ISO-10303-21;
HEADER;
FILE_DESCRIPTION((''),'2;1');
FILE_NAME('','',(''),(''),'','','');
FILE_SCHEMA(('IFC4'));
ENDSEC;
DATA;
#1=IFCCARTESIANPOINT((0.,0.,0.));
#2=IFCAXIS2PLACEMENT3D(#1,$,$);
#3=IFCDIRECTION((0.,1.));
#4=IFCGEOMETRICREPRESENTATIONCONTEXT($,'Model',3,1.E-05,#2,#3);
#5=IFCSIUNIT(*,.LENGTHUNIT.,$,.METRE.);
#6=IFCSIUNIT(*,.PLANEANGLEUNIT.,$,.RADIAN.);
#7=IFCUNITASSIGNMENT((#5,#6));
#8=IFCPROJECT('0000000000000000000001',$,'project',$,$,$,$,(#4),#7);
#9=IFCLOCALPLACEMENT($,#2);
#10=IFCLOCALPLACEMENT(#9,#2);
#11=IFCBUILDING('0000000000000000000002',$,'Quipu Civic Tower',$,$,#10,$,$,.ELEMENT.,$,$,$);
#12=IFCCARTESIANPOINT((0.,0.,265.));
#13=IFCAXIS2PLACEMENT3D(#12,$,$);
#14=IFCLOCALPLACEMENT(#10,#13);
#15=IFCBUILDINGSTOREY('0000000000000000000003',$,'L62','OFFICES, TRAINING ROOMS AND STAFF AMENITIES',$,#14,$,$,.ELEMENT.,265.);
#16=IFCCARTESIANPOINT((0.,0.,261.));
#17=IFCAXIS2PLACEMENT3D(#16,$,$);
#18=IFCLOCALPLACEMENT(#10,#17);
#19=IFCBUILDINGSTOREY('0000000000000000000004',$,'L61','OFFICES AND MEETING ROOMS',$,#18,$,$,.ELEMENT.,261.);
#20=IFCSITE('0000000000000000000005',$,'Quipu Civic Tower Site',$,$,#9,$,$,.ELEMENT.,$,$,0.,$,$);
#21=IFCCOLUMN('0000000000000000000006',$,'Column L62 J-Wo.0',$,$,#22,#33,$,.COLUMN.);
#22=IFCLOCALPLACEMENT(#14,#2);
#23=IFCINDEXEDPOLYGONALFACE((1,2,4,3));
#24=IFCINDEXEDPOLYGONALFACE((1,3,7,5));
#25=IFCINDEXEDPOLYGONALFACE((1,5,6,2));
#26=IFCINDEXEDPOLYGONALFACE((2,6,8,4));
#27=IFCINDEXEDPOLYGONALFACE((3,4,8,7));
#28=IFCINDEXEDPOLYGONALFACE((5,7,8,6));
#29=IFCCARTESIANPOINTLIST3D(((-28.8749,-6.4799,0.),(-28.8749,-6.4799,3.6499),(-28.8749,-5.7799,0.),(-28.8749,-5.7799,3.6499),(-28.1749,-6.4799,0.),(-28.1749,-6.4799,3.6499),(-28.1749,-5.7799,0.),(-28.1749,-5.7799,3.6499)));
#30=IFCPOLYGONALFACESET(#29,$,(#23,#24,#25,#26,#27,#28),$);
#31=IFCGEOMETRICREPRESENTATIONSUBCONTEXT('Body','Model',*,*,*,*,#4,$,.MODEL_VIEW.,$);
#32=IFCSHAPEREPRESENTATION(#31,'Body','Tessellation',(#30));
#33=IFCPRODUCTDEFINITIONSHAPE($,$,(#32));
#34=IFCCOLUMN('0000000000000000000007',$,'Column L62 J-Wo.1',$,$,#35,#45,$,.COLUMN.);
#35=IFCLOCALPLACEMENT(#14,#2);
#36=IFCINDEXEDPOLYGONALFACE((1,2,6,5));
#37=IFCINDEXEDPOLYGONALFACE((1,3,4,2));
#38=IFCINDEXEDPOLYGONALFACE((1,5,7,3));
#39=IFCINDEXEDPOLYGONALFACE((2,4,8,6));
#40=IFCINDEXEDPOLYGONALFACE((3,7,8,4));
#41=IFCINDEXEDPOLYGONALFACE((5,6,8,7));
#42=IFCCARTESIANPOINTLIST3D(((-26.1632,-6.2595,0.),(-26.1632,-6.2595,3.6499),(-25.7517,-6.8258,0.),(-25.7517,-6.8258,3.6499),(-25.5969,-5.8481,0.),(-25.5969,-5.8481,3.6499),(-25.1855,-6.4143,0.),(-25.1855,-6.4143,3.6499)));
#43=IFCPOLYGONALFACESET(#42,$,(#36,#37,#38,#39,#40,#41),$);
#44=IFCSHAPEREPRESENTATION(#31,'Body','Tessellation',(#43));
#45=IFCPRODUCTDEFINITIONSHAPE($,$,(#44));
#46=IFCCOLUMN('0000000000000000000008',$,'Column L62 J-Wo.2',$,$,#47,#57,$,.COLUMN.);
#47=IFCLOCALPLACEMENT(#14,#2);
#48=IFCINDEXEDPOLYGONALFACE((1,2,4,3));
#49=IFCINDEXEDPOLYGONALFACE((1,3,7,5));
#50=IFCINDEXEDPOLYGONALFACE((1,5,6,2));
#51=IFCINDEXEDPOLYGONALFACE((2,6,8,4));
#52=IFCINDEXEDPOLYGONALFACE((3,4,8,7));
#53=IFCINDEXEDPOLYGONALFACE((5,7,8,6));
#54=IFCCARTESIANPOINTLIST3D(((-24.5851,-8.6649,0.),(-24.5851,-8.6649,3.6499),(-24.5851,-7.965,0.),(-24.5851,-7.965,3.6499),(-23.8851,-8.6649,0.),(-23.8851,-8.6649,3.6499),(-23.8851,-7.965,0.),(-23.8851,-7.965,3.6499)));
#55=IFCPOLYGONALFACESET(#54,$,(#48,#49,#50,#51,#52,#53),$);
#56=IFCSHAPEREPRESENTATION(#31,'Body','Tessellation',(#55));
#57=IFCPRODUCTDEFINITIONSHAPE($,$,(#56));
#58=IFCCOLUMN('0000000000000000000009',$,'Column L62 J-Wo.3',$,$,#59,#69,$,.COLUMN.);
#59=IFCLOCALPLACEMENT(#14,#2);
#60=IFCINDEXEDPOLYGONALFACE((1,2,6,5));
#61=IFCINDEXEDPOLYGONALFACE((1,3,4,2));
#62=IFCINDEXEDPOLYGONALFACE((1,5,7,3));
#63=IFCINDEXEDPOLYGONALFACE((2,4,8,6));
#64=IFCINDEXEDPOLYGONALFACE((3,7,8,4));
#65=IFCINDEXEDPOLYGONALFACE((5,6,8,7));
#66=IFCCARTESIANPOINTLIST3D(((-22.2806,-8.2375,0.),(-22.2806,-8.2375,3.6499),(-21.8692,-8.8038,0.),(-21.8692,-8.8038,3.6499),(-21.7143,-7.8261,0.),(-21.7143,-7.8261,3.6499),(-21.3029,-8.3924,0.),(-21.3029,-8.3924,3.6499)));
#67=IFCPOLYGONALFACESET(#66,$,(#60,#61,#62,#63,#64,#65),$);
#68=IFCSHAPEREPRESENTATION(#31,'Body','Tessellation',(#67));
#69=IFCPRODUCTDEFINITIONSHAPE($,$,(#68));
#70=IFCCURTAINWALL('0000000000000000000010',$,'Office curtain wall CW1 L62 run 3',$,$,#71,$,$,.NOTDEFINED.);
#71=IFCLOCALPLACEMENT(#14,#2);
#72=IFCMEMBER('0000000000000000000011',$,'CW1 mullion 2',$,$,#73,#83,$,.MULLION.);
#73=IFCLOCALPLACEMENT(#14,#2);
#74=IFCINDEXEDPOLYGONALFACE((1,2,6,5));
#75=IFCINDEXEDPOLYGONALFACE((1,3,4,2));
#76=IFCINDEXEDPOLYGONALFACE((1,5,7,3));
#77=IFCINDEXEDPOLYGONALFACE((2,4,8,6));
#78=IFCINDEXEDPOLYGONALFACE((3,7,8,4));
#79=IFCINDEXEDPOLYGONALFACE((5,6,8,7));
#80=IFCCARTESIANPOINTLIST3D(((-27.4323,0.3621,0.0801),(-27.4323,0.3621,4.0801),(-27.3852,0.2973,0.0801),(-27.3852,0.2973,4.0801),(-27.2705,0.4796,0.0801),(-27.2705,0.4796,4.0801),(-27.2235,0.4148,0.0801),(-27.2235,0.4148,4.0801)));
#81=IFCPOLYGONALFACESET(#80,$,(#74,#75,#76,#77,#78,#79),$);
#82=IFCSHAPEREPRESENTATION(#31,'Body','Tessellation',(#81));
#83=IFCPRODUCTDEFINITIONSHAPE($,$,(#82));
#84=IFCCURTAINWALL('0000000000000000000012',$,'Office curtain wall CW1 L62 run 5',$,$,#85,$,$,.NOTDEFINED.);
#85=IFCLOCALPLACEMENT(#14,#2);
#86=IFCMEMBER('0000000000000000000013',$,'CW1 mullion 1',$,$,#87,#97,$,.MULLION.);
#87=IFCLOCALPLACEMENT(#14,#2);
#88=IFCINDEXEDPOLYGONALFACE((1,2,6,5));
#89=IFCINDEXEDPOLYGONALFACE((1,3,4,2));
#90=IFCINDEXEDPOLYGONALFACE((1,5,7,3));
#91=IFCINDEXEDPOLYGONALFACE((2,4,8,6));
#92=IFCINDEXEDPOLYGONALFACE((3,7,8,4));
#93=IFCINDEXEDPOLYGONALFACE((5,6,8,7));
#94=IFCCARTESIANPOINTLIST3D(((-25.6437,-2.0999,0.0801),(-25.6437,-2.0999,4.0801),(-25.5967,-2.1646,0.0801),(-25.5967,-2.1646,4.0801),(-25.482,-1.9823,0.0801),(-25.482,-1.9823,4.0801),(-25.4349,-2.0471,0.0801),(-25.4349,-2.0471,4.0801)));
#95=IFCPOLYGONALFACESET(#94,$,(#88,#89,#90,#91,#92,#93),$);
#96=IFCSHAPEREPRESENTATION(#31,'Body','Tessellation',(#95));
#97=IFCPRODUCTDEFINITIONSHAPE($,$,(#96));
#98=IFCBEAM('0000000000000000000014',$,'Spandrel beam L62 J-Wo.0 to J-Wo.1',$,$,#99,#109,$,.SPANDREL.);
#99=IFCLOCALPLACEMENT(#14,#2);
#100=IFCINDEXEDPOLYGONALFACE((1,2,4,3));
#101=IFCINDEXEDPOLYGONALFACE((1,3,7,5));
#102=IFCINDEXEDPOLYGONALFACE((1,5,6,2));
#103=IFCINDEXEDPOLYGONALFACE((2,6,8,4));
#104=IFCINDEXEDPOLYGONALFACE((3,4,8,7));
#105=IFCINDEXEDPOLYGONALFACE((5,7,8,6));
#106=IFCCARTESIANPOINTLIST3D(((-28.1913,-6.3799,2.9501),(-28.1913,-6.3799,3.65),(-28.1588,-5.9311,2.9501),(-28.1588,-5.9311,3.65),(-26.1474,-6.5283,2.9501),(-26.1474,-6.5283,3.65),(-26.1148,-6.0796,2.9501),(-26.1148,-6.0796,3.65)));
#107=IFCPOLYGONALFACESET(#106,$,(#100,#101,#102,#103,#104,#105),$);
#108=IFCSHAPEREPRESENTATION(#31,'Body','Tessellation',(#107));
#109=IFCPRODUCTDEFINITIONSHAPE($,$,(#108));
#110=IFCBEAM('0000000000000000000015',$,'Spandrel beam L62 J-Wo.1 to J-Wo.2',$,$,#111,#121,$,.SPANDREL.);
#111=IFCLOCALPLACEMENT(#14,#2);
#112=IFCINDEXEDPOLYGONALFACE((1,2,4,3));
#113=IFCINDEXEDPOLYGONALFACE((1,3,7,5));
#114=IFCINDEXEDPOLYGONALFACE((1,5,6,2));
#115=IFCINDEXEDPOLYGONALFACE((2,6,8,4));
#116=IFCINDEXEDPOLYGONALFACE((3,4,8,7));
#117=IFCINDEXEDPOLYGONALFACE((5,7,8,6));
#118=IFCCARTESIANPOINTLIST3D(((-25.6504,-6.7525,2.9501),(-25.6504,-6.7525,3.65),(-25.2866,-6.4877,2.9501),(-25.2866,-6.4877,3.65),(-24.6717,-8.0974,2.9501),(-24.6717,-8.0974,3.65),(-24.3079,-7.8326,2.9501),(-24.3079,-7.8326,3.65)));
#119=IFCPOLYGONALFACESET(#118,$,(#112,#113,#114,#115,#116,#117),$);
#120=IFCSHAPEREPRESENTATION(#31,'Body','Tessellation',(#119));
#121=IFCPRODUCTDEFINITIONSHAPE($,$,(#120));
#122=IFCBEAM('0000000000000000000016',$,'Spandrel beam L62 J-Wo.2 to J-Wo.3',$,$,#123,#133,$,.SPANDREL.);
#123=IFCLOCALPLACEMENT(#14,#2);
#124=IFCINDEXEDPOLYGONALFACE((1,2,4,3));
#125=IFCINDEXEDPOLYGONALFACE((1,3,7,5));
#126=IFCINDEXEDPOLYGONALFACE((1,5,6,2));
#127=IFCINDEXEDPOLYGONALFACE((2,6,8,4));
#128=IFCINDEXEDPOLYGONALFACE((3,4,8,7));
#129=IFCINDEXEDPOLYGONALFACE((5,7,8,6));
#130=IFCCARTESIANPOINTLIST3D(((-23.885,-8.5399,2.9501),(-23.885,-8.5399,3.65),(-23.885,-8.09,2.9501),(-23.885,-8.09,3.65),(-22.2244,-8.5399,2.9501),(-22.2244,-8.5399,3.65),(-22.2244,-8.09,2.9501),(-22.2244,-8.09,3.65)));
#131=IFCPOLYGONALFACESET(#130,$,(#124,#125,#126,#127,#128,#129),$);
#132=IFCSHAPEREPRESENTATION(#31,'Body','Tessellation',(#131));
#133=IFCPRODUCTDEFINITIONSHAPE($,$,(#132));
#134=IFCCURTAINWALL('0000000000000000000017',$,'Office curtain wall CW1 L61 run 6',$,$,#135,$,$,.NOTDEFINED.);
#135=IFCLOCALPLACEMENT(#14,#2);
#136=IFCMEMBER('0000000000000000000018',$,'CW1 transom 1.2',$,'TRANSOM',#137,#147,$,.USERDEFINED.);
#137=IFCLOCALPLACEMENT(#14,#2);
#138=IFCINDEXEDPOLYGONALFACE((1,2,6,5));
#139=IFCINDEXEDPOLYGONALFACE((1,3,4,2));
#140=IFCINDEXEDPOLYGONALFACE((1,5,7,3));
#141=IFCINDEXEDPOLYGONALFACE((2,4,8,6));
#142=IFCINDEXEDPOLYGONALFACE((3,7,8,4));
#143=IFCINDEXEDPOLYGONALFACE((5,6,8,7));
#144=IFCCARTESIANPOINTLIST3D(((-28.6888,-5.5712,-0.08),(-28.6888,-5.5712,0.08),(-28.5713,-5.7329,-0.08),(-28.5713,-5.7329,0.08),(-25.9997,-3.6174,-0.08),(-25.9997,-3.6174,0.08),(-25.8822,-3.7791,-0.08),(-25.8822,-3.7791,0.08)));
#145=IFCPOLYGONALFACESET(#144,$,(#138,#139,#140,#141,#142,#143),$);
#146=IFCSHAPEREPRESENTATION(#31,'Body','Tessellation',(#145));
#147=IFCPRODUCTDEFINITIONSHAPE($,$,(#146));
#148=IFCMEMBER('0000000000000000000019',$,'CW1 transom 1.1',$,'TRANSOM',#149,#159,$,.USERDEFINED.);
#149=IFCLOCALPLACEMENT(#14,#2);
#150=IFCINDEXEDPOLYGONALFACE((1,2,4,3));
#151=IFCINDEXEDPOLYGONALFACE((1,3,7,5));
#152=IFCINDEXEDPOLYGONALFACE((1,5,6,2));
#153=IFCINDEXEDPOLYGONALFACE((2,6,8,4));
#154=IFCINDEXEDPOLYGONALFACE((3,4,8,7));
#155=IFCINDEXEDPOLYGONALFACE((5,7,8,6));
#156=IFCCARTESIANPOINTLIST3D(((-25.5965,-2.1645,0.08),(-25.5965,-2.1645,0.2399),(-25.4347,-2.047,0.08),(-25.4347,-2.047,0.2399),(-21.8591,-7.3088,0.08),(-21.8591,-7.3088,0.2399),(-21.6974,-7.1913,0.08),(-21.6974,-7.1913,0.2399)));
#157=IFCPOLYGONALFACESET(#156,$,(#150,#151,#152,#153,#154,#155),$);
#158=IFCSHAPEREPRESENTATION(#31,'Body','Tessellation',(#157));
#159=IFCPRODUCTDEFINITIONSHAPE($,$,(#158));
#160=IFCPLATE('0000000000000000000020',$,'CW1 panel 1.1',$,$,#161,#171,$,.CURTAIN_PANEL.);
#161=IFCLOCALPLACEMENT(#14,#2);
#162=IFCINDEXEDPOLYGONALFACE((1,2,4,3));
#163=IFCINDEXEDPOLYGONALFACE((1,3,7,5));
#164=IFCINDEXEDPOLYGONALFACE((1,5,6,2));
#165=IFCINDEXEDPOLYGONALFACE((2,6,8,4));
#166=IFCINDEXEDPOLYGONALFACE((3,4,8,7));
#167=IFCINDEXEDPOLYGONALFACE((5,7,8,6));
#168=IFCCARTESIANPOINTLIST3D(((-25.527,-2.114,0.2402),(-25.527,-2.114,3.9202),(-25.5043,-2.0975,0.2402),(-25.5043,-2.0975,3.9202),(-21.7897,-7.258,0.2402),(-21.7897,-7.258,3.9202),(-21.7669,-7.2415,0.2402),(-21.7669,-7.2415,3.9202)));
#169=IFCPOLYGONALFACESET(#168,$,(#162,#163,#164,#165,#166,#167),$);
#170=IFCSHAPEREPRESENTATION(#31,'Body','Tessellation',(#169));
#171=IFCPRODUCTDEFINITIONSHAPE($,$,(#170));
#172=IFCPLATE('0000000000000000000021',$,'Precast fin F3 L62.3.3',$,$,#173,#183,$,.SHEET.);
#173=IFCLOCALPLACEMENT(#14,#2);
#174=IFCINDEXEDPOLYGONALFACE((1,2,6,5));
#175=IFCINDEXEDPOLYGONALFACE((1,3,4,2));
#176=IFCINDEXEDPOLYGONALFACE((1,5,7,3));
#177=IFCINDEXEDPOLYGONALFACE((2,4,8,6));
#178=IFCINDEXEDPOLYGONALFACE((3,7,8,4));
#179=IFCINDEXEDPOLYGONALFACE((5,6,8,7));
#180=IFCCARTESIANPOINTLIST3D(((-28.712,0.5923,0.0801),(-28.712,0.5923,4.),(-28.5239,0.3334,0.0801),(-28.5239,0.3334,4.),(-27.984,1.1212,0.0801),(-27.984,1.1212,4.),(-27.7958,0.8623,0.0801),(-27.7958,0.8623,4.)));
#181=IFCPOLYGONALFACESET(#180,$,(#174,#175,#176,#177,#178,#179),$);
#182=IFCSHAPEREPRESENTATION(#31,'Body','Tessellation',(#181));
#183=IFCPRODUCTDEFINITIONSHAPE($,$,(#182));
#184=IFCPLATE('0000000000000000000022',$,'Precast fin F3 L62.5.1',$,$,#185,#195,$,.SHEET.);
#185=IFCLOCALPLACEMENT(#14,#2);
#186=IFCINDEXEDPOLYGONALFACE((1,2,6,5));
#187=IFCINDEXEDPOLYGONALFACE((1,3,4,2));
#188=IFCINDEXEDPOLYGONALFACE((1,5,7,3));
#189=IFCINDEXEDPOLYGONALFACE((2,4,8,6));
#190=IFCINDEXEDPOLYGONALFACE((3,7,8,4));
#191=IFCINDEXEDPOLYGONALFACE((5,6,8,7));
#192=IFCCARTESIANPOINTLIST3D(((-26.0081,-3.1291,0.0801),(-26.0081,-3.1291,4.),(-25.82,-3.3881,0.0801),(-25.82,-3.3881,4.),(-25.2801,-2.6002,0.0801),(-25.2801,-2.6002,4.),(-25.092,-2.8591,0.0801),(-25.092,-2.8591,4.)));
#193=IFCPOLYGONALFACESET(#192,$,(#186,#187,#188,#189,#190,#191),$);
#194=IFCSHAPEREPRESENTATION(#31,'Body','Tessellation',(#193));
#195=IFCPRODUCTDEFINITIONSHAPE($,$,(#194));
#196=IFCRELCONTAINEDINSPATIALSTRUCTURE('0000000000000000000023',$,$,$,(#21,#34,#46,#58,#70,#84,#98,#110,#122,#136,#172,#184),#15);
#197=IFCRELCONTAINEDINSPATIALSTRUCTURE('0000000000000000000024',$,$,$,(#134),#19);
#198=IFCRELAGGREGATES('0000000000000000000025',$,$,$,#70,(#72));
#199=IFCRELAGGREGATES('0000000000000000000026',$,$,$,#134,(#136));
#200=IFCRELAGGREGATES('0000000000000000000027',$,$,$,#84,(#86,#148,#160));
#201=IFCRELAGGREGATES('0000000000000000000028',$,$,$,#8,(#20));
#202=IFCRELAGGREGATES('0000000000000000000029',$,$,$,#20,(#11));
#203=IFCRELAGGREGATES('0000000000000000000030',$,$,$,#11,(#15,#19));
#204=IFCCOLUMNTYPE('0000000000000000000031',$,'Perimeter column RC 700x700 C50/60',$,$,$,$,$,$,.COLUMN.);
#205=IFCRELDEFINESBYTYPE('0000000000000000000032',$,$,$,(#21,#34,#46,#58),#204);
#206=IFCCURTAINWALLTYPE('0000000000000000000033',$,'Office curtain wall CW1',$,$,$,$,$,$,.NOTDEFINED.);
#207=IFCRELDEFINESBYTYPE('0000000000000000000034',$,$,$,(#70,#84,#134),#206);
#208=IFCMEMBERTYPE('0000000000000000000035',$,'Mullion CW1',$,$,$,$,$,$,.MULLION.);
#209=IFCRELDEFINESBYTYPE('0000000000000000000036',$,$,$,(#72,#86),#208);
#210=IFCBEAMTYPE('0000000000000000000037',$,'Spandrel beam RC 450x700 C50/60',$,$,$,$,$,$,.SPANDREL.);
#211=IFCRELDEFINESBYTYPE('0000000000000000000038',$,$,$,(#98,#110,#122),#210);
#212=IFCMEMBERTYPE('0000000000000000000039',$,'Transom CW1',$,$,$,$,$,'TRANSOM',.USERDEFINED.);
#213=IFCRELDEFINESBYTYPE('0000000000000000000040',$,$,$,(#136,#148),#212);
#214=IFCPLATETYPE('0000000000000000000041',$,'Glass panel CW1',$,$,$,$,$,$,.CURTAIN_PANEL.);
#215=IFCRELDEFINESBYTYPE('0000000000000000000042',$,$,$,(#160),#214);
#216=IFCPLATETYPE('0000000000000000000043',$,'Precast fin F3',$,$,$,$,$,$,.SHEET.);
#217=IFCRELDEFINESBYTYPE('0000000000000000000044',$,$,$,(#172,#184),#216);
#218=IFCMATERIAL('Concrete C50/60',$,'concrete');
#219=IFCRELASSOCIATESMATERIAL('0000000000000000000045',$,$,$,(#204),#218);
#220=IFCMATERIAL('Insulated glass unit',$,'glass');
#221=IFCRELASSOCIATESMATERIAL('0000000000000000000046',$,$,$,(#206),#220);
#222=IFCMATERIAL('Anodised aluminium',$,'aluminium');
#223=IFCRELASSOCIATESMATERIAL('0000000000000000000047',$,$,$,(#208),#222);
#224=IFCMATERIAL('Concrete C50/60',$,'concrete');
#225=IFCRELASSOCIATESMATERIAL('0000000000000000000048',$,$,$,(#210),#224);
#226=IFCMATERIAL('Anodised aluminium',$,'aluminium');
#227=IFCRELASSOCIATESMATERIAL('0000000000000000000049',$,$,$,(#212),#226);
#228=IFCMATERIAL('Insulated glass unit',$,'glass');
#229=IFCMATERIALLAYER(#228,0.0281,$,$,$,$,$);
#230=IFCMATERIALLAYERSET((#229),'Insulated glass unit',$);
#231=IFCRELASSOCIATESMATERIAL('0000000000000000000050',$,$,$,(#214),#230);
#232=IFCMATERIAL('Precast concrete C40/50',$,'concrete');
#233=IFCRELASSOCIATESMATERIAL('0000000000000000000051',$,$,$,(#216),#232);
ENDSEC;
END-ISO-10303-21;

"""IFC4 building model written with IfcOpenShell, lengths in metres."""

from ifc_helpers import new_model, si_unit, direction, frame, origin, origin_2d, place, context, subcontext, project, spatial, rectangle, extrude, material, layer, layer_set, material_profile, profile_set, type_object, element, aggregate, save


model = new_model("IFC4")

# Units and contexts
model_context = context("Model", 3, precision=1e-05, world=origin(), true_north=direction((0.0, 1.0)))
body_context = subcontext(model_context, "Body", "Model", "MODEL_VIEW")
ifc_project = project(units=[si_unit("LENGTHUNIT", "METRE"), si_unit("PLANEANGLEUNIT", "RADIAN")], contexts=[model_context])

# Site, building, storey
site_placement = place(None, origin())
site = spatial("IfcSite", under=ifc_project, at=site_placement, Name="Quipu Civic Tower Site", CompositionType="ELEMENT", RefElevation=0.0)
building_placement = place(site_placement, origin())
building = spatial("IfcBuilding", under=site, at=building_placement, Name="Quipu Civic Tower", CompositionType="ELEMENT")
storey_1_placement = place(building_placement, frame((0.0, 0.0, 265.0)))
storey_1 = spatial("IfcBuildingStorey", under=building, at=storey_1_placement, Name="L62", Description="OFFICES, TRAINING ROOMS AND STAFF AMENITIES", CompositionType="ELEMENT", Elevation=265.0)

# Columns
ifc_material_1 = material(Name="Concrete C50/60", Category="concrete")
ifc_material_profile_1 = material_profile(ifc_material_1, rectangle(XDim=0.7, YDim=0.7, at=origin_2d()), Name="RC700x700")
ifc_profile_set_1 = profile_set([ifc_material_profile_1], Name="Concrete C50/60")
column_type = type_object("IfcColumnType", Name="Perimeter column RC 700x700 C50/60", PredefinedType="COLUMN", material=ifc_profile_set_1)
for number, where, z_axis, x_axis, name in (
    (1, (-28.5249, -6.1299, 0.0), (0.0, 0.0, 1.0), (1.0, 0.0, 0.0), "Column L62 J-Wo.0"),
    (2, (-25.6743, -6.3369, 0.0), (0.0, 0.0, 1.0), (0.587785, -0.809017, 0.0), "Column L62 J-Wo.1"),
    (3, (-24.2351, -8.3149, 0.0), (0.0, 0.0, 1.0), (1.0, 0.0, 0.0), "Column L62 J-Wo.2"),
    (4, (-21.7917, -8.3149, 0.0), (0.0, 0.0, 1.0), (0.587785, -0.809017, 0.0), "Column L62 J-Wo.3"),
):
    element("IfcColumn", number, at=place(storey_1_placement, frame(where, z_axis=z_axis, x_axis=x_axis)), inside=storey_1, type_object=column_type, Name=name, PredefinedType="COLUMN", context=body_context, shape_type="SweptSolid", body=[
        extrude(rectangle(XDim=0.7, YDim=0.7, at=origin_2d()), origin(), (0.0, 0.0, 1.0), 3.6499),
    ])

# Curtain walls, members
ifc_material_2 = material(Name="Insulated glass unit", Category="glass")
curtain_wall_type = type_object("IfcCurtainWallType", Name="Office curtain wall CW1", PredefinedType="NOTDEFINED", material=ifc_material_2)
curtain_wall_1_placement = place(storey_1_placement, origin())
curtain_wall_1 = element("IfcCurtainWall", 5, at=curtain_wall_1_placement, inside=storey_1, type_object=curtain_wall_type, Name="Office curtain wall CW1 L62 run 3", PredefinedType="NOTDEFINED")
ifc_material_3 = material(Name="Anodised aluminium", Category="aluminium")
ifc_material_profile_2 = material_profile(ifc_material_3, rectangle(XDim=0.2, YDim=0.0801, at=origin_2d()), Name="RECT 200x80")
ifc_profile_set_2 = profile_set([ifc_material_profile_2], Name="Anodised aluminium")
member_type_1 = type_object("IfcMemberType", Name="Mullion CW1", PredefinedType="MULLION", material=ifc_profile_set_2)
member_1_placement = place(storey_1_placement, frame((-27.3279, 0.3884, 0.0801), z_axis=(0.0, 0.0, 1.0), x_axis=(0.809022, 0.587778, 0.0)))
member_1 = element("IfcMember", 6, at=member_1_placement, type_object=member_type_1, Name="CW1 mullion 2", PredefinedType="MULLION", context=body_context, shape_type="SweptSolid", body=[
    extrude(rectangle(XDim=0.2, YDim=0.0801, at=origin_2d()), origin(), (0.0, 0.0, 1.0), 4.0),
])
aggregate(curtain_wall_1, [member_1])
curtain_wall_2_placement = place(storey_1_placement, origin())
curtain_wall_2 = element("IfcCurtainWall", 7, at=curtain_wall_2_placement, inside=storey_1, type_object=curtain_wall_type, Name="Office curtain wall CW1 L62 run 5", PredefinedType="NOTDEFINED")
member_2_placement = place(storey_1_placement, frame((-25.5393, -2.0735, 0.0801), z_axis=(0.0, 0.0, 1.0), x_axis=(0.809019, 0.587783, 0.0)))
member_2 = element("IfcMember", 8, at=member_2_placement, type_object=member_type_1, Name="CW1 mullion 1", PredefinedType="MULLION", context=body_context, shape_type="SweptSolid", body=[
    extrude(rectangle(XDim=0.2, YDim=0.0801, at=origin_2d()), origin(), (0.0, 0.0, 1.0), 4.0),
])

# Beams
ifc_material_4 = material(Name="Concrete C50/60", Category="concrete")
ifc_material_profile_3 = material_profile(ifc_material_4, rectangle(XDim=0.45, YDim=0.7, at=origin_2d()), Name="RC450x700")
ifc_profile_set_3 = profile_set([ifc_material_profile_3], Name="Concrete C50/60")
beam_type = type_object("IfcBeamType", Name="Spandrel beam RC 450x700 C50/60", PredefinedType="SPANDREL", material=ifc_profile_set_3)
beam_1_placement = place(storey_1_placement, frame((-28.175, -6.1555, 3.3), z_axis=(0.997373, -0.072432, 0.0), x_axis=(0.072432, 0.997373, 0.0)))
element("IfcBeam", 9, at=beam_1_placement, inside=storey_1, type_object=beam_type, Name="Spandrel beam L62 J-Wo.0 to J-Wo.1", PredefinedType="SPANDREL", context=body_context, shape_type="SweptSolid", body=[
    extrude(rectangle(XDim=0.45, YDim=0.7, at=origin_2d()), origin(), (0.0, 0.0, 1.0), 2.0493),
])
beam_2_placement = place(storey_1_placement, frame((-25.4685, -6.6201, 3.3), z_axis=(0.588407, -0.808565, 0.0), x_axis=(0.808565, 0.588407, 0.0)))
element("IfcBeam", 10, at=beam_2_placement, inside=storey_1, type_object=beam_type, Name="Spandrel beam L62 J-Wo.1 to J-Wo.2", PredefinedType="SPANDREL", context=body_context, shape_type="SweptSolid", body=[
    extrude(rectangle(XDim=0.45, YDim=0.7, at=origin_2d()), origin(), (0.0, 0.0, 1.0), 1.6633),
])
beam_3_placement = place(storey_1_placement, frame((-23.885, -8.3149, 3.3), z_axis=(1.0, 0.0, 0.0), x_axis=(0.0, 1.0, 0.0)))
element("IfcBeam", 11, at=beam_3_placement, inside=storey_1, type_object=beam_type, Name="Spandrel beam L62 J-Wo.2 to J-Wo.3", PredefinedType="SPANDREL", context=body_context, shape_type="SweptSolid", body=[
    extrude(rectangle(XDim=0.45, YDim=0.7, at=origin_2d()), origin(), (0.0, 0.0, 1.0), 1.6606),
])

# Shared definitions
storey_2_placement = place(building_placement, frame((0.0, 0.0, 261.0)))
storey_2 = spatial("IfcBuildingStorey", under=building, at=storey_2_placement, Name="L61", Description="OFFICES AND MEETING ROOMS", CompositionType="ELEMENT", Elevation=261.0)

# Curtain wall, member
curtain_wall_3_placement = place(storey_2_placement, origin())
curtain_wall_3 = element("IfcCurtainWall", 12, at=curtain_wall_3_placement, inside=storey_2, type_object=curtain_wall_type, Name="Office curtain wall CW1 L61 run 6", PredefinedType="NOTDEFINED")
ifc_material_5 = material(Name="Anodised aluminium", Category="aluminium")
ifc_material_profile_4 = material_profile(ifc_material_5, rectangle(XDim=0.2, YDim=0.1599, at=origin_2d()), Name="RECT 200x160")
ifc_profile_set_4 = profile_set([ifc_material_profile_4], Name="Anodised aluminium")
member_type_2 = type_object("IfcMemberType", Name="Transom CW1", ElementType="TRANSOM", PredefinedType="USERDEFINED", material=ifc_profile_set_4)
member_3_placement = place(storey_1_placement, frame((-25.9409, -3.6982, 0.0), z_axis=(-0.809012, -0.587792, 0.0), x_axis=(0.587792, -0.809012, 0.0)))
member_3 = element("IfcMember", 13, at=member_3_placement, inside=storey_1, type_object=member_type_2, Name="CW1 transom 1.2", ObjectType="TRANSOM", PredefinedType="USERDEFINED", context=body_context, shape_type="SweptSolid", body=[
    extrude(rectangle(XDim=0.2, YDim=0.1599, at=origin_2d()), origin(), (0.0, 0.0, 1.0), 3.324),
])
aggregate(curtain_wall_3, [member_3])

# Member
member_4_placement = place(storey_1_placement, frame((-25.5156, -2.1057, 0.1599), z_axis=(0.587761, -0.809035, 0.0), x_axis=(0.809035, 0.587761, 0.0)))
member_4 = element("IfcMember", 14, at=member_4_placement, type_object=member_type_2, Name="CW1 transom 1.1", ObjectType="TRANSOM", PredefinedType="USERDEFINED", context=body_context, shape_type="SweptSolid", body=[
    extrude(rectangle(XDim=0.2, YDim=0.1599, at=origin_2d()), origin(), (0.0, 0.0, 1.0), 6.3586),
])

# Plate
ifc_material_6 = material(Name="Insulated glass unit", Category="glass")
ifc_layer_1 = layer(ifc_material_6, 0.0281)
ifc_layer_set_1 = layer_set([ifc_layer_1], Name="Insulated glass unit")
plate_type_1 = type_object("IfcPlateType", Name="Glass panel CW1", PredefinedType="CURTAIN_PANEL", material=ifc_layer_set_1)
plate_placement = place(storey_1_placement, frame((-23.647, -4.6777, 0.2402), z_axis=(0.0, 0.0, 1.0), x_axis=(0.587783, -0.809019, 0.0)))
plate = element("IfcPlate", 15, at=plate_placement, type_object=plate_type_1, Name="CW1 panel 1.1", PredefinedType="CURTAIN_PANEL", context=body_context, shape_type="SweptSolid", body=[
    extrude(rectangle(XDim=6.3584, YDim=0.0281, at=origin_2d()), origin(), (0.0, 0.0, 1.0), 3.6799),
])
aggregate(curtain_wall_2, [member_2, member_4, plate])

# Plates
ifc_material_7 = material(Name="Precast concrete C40/50", Category="concrete")
plate_type_2 = type_object("IfcPlateType", Name="Precast fin F3", PredefinedType="SHEET", material=ifc_material_7)
for number, where, z_axis, x_axis, name in (
    (16, (-28.2539, 0.7273, 0.0801), (0.0, 0.0, 1.0), (0.587784, -0.809018, 0.0), "Precast fin F3 L62.3.3"),
    (17, (-25.55, -2.9941, 0.0801), (0.0, 0.0, 1.0), (0.587784, -0.809018, 0.0), "Precast fin F3 L62.5.1"),
):
    element("IfcPlate", number, at=place(storey_1_placement, frame(where, z_axis=z_axis, x_axis=x_axis)), inside=storey_1, type_object=plate_type_2, Name=name, PredefinedType="SHEET", context=body_context, shape_type="SweptSolid", body=[
        extrude(rectangle(XDim=0.3201, YDim=0.8999, at=origin_2d()), origin(), (0.0, 0.0, 1.0), 3.9199),
    ])

save(model, "model.ifc")
